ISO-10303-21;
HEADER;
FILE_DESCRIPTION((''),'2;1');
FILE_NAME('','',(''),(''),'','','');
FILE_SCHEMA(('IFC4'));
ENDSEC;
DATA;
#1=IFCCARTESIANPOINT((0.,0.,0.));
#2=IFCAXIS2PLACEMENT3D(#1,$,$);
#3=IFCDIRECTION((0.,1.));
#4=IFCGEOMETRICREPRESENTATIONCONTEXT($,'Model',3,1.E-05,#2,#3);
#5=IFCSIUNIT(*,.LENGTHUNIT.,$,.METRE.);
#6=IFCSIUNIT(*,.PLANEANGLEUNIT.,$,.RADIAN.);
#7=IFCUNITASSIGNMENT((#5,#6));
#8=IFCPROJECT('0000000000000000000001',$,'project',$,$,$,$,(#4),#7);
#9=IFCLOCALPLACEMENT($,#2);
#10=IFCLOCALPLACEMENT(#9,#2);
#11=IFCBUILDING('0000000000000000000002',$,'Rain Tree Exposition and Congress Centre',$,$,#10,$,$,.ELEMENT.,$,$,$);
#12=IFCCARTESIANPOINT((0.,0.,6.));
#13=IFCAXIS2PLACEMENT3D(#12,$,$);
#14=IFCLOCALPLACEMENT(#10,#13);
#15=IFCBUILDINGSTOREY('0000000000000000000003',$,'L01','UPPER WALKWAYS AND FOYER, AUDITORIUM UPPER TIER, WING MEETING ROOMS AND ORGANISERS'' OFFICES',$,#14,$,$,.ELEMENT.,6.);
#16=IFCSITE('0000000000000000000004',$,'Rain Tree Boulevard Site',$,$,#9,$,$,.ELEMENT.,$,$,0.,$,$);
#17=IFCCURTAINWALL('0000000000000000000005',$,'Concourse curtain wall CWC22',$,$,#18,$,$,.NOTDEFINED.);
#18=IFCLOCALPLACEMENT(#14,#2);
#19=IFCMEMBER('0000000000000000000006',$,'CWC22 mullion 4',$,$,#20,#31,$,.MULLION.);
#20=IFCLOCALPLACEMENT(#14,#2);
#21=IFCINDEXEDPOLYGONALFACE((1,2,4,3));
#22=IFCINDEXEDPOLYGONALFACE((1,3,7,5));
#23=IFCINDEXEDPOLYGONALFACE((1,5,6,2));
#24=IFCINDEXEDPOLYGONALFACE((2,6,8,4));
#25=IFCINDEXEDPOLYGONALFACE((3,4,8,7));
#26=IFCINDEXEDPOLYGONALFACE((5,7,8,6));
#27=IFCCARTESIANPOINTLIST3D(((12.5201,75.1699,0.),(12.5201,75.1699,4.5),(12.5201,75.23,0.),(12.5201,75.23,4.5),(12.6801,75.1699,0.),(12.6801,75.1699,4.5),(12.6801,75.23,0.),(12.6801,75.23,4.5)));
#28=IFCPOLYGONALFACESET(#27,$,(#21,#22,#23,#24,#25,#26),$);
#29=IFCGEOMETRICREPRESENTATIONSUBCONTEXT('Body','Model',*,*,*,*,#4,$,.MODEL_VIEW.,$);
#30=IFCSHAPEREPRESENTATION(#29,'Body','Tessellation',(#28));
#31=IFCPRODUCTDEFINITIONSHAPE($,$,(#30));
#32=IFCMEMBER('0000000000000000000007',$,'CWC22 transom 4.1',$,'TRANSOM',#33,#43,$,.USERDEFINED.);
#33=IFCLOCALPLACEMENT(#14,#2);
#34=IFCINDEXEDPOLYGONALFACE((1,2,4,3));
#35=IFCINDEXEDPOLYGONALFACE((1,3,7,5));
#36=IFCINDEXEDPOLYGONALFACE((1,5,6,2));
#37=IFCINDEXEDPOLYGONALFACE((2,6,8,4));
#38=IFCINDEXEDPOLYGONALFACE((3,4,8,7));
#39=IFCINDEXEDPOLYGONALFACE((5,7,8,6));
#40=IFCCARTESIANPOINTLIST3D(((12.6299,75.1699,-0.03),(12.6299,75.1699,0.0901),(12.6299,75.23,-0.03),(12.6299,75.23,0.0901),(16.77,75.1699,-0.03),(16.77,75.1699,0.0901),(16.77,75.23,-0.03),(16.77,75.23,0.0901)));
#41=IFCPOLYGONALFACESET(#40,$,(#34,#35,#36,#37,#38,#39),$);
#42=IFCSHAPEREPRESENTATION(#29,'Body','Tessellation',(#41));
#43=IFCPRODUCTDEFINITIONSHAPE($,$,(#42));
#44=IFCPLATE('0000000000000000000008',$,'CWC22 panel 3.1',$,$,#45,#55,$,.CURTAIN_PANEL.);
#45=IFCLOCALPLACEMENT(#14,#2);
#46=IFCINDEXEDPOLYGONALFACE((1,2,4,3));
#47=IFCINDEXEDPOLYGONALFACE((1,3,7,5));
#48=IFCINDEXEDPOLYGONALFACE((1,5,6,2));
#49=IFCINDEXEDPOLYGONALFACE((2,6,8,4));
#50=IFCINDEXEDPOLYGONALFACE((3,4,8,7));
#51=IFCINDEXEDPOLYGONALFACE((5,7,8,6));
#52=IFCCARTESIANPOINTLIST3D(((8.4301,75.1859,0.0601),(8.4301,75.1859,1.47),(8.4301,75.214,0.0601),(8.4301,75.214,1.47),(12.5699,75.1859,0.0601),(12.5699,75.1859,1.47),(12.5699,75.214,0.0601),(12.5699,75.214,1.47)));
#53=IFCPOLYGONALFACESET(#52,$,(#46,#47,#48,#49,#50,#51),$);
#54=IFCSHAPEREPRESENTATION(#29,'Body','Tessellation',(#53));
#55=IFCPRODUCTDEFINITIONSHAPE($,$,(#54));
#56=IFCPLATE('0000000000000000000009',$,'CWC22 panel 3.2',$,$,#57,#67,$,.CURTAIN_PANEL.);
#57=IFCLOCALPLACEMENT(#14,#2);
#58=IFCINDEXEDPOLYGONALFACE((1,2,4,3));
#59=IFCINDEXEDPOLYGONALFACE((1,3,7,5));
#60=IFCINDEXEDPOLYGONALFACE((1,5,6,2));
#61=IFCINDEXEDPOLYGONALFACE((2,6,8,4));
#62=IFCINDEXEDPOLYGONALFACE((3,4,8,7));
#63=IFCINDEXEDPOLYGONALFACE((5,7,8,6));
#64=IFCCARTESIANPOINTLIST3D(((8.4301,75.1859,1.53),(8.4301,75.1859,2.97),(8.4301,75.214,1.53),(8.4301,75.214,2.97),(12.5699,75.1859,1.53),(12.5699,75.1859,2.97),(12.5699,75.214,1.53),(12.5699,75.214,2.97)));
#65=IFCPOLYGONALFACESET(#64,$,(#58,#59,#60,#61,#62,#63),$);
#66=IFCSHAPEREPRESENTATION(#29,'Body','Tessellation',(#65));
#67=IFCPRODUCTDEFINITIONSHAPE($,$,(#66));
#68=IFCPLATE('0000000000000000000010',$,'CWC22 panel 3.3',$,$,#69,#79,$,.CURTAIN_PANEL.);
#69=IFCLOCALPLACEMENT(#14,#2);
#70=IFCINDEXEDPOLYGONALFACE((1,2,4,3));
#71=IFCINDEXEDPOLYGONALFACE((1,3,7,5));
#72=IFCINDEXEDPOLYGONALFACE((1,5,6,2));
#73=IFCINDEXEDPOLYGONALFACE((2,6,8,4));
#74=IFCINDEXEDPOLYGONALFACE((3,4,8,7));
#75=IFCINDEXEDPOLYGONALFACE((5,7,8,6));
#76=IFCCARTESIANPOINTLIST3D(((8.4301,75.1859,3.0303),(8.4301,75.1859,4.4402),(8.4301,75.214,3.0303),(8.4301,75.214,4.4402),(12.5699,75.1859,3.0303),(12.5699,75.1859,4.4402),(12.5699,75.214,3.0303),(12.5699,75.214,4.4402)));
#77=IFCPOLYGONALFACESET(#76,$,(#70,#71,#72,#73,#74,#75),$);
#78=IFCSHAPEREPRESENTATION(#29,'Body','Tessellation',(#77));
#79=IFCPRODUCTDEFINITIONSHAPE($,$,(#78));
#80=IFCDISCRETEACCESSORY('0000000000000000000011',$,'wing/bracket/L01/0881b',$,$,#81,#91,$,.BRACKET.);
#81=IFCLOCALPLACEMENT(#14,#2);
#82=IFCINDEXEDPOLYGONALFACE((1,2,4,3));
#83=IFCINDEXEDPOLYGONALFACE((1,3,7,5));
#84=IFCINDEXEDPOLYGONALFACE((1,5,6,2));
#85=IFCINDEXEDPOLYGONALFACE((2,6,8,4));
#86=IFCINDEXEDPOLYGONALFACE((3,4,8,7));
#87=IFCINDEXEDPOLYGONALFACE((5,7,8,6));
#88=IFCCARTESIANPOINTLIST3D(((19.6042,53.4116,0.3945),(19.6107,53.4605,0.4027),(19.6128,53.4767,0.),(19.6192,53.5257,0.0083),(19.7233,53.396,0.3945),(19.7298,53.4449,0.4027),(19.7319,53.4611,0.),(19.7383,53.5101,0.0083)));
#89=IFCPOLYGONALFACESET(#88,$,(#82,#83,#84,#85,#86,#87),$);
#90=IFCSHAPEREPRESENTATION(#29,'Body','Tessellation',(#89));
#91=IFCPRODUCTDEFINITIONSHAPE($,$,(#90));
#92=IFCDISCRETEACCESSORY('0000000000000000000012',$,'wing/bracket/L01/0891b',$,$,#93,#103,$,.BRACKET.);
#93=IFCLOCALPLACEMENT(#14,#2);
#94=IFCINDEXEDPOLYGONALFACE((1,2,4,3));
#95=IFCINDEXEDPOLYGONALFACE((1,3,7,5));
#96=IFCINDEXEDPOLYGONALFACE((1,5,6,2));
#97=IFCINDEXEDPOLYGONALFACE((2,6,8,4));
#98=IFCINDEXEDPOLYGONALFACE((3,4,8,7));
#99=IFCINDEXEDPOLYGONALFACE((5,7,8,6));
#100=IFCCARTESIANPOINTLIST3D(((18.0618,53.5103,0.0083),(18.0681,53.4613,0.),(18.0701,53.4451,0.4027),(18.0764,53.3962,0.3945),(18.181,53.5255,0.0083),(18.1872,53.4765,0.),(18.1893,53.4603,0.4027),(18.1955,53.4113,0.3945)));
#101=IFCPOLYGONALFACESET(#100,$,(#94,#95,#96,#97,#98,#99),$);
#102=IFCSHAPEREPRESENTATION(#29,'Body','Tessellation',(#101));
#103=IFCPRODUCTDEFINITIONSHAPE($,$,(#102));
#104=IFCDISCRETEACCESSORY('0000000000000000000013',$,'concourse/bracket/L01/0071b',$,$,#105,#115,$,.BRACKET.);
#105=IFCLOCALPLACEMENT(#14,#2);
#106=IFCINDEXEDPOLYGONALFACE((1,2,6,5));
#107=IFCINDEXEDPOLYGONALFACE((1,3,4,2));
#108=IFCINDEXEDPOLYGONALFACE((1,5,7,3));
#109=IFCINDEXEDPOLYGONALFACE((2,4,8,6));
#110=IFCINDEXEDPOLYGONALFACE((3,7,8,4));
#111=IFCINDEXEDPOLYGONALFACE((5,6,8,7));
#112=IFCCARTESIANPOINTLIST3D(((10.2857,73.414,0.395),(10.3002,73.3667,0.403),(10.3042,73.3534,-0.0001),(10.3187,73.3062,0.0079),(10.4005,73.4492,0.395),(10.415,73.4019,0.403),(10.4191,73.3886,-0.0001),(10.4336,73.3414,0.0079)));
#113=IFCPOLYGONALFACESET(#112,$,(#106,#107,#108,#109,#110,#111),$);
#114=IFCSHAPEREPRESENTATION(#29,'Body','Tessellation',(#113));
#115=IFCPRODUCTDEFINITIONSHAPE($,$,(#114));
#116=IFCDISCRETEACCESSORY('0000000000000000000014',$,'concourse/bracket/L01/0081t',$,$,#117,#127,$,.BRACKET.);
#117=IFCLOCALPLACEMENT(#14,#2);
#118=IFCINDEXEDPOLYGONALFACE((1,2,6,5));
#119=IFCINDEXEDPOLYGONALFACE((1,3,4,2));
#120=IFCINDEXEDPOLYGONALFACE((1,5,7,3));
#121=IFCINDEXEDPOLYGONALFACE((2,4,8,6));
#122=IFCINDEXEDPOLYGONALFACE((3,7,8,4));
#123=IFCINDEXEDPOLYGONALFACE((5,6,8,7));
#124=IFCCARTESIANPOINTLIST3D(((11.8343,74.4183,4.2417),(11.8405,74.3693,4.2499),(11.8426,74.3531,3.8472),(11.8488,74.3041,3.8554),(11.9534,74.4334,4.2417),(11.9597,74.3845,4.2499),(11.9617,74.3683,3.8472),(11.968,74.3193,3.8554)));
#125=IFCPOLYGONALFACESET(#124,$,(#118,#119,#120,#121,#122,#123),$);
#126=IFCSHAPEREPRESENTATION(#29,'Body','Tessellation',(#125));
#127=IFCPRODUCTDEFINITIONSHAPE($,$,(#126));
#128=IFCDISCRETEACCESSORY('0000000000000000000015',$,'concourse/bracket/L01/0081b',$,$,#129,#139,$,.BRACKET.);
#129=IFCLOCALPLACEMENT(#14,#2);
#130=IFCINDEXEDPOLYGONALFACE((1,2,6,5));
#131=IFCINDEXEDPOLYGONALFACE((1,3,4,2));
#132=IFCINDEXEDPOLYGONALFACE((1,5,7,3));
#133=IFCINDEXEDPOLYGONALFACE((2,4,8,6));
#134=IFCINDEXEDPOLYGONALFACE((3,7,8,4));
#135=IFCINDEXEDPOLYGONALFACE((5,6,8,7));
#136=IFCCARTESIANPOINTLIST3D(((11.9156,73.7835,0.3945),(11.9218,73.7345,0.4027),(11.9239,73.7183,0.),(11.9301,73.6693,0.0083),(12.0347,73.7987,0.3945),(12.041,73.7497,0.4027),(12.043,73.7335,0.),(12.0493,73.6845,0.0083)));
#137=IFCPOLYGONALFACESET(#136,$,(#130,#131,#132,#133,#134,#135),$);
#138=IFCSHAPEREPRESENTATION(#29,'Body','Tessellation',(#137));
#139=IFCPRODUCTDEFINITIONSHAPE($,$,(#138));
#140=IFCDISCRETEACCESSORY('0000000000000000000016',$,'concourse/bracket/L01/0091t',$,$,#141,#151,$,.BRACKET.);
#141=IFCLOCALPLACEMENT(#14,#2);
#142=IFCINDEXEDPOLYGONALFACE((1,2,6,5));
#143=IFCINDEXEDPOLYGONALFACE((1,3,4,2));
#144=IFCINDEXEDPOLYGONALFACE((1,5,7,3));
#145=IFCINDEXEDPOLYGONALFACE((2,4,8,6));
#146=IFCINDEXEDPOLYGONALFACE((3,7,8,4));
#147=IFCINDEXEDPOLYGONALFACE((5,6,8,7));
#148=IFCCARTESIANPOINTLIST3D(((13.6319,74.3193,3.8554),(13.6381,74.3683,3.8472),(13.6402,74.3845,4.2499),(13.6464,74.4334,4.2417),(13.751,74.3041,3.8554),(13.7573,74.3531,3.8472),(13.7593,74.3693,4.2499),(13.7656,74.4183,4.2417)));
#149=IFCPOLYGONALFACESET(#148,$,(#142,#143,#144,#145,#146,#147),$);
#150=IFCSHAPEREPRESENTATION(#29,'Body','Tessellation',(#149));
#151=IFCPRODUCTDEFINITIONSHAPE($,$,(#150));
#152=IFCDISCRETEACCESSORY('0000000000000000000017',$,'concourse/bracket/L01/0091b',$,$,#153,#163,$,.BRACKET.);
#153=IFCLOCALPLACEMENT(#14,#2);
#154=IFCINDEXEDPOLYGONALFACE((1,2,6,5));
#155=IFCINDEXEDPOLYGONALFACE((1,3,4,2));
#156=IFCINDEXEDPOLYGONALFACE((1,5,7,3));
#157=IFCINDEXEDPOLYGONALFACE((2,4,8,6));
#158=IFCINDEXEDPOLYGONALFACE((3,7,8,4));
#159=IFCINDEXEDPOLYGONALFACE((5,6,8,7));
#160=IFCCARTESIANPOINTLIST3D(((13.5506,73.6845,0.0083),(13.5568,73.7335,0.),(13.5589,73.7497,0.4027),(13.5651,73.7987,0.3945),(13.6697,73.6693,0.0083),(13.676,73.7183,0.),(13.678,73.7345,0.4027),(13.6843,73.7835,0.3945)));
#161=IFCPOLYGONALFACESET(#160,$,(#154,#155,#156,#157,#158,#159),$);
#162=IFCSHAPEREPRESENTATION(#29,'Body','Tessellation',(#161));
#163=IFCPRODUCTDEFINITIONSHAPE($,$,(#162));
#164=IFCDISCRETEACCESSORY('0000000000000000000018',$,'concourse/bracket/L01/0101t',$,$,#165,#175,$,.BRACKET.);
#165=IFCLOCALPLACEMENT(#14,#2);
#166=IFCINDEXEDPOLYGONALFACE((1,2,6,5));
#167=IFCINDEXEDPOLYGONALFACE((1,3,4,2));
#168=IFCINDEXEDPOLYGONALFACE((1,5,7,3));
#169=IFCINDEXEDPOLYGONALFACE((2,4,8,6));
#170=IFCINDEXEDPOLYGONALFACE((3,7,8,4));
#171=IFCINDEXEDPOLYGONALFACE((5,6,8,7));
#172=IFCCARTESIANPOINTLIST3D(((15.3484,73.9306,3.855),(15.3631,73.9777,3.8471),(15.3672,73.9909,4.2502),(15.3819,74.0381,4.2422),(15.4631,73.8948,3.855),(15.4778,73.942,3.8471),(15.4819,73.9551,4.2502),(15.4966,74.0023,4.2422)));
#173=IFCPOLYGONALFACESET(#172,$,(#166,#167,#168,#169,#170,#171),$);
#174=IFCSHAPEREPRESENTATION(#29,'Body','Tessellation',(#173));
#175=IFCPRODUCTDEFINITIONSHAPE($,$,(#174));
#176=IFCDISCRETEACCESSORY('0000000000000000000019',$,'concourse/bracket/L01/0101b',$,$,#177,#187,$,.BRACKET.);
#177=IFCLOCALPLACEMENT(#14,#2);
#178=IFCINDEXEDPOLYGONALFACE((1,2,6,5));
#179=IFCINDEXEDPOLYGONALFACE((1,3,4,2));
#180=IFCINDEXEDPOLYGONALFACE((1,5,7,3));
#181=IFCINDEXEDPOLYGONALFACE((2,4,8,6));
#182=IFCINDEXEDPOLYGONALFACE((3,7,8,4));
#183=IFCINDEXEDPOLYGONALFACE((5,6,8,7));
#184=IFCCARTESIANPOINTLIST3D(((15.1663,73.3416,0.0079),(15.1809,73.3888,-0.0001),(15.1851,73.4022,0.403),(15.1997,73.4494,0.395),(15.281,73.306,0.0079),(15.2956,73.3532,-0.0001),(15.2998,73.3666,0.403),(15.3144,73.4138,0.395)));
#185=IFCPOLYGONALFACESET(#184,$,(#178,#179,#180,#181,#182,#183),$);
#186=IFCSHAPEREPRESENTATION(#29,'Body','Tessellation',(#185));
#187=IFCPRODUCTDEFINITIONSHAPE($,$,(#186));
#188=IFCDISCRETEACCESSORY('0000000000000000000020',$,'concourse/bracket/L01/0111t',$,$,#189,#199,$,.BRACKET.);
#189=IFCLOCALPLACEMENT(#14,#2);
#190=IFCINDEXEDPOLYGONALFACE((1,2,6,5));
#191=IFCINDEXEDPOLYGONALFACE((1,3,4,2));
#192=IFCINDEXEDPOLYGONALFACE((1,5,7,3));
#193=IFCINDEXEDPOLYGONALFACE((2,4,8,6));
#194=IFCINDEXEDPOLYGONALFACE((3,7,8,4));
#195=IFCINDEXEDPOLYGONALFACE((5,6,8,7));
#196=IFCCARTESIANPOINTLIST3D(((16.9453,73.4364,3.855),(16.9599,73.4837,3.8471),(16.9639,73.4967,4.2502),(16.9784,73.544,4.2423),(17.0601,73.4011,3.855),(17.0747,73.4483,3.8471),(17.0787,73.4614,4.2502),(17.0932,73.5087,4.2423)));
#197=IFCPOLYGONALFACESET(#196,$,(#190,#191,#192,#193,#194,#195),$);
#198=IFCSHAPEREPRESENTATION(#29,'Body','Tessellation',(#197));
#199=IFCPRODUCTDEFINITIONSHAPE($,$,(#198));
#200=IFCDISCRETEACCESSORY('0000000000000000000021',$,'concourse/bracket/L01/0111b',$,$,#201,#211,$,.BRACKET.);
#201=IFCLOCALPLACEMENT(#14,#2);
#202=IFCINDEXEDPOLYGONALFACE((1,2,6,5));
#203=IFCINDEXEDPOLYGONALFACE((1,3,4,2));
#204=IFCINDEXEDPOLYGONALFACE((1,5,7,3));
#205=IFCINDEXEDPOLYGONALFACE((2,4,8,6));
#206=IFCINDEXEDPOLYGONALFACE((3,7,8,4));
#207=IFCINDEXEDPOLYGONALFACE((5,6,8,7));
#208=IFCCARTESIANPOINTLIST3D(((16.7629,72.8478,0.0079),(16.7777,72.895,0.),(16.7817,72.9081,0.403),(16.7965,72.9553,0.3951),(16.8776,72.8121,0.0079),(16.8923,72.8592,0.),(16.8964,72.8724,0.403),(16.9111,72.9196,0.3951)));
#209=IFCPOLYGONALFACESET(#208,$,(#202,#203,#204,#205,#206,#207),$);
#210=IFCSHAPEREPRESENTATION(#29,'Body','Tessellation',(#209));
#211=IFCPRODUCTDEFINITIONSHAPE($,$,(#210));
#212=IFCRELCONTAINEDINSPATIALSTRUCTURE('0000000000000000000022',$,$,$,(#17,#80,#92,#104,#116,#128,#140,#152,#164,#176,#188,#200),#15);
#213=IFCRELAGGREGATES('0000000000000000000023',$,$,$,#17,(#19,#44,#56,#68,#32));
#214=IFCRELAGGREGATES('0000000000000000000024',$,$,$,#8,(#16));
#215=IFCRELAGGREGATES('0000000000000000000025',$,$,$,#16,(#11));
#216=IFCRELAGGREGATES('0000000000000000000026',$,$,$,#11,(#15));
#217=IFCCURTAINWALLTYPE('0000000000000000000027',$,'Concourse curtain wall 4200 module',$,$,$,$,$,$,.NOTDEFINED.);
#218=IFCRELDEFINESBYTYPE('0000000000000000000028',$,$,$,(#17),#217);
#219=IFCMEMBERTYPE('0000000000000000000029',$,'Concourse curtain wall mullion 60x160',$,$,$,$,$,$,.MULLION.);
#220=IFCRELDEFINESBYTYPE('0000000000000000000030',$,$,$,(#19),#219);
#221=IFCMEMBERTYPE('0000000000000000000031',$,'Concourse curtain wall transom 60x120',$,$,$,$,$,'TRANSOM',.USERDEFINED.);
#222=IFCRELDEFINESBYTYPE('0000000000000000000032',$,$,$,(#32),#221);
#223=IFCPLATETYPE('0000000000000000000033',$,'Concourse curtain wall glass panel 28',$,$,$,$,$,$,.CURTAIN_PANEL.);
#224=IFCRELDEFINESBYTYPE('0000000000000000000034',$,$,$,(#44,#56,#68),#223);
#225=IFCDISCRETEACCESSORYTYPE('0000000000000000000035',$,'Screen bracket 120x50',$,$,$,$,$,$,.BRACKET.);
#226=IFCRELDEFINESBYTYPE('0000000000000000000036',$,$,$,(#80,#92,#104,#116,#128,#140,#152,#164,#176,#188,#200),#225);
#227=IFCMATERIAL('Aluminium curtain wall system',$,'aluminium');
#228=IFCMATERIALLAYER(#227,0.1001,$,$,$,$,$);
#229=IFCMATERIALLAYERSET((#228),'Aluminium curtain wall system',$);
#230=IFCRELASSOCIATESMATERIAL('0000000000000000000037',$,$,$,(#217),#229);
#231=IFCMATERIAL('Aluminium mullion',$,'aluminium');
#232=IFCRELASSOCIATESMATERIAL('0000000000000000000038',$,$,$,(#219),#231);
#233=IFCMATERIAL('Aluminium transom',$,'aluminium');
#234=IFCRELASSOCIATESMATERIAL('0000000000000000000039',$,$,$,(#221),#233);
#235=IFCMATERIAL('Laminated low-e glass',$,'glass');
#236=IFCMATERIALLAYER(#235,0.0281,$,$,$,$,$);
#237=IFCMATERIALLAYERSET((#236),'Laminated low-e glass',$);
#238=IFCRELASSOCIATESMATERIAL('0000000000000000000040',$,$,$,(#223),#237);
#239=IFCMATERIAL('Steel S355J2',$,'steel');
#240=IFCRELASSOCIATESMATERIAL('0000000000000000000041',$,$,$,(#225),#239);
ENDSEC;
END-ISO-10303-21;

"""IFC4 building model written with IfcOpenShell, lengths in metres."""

from ifc_helpers import new_model, si_unit, direction, frame, origin, origin_2d, place, context, subcontext, project, spatial, rectangle, extrude, material, layer, layer_set, material_profile, profile_set, type_object, element, aggregate, save


model = new_model("IFC4")

# Units and contexts
model_context = context("Model", 3, precision=1e-05, world=origin(), true_north=direction((0.0, 1.0)))
body_context = subcontext(model_context, "Body", "Model", "MODEL_VIEW")
ifc_project = project(units=[si_unit("LENGTHUNIT", "METRE"), si_unit("PLANEANGLEUNIT", "RADIAN")], contexts=[model_context])

# Site, building, storey
site_placement = place(None, origin())
site = spatial("IfcSite", under=ifc_project, at=site_placement, Name="Rain Tree Boulevard Site", CompositionType="ELEMENT", RefElevation=0.0)
building_placement = place(site_placement, origin())
building = spatial("IfcBuilding", under=site, at=building_placement, Name="Rain Tree Exposition and Congress Centre", CompositionType="ELEMENT")
storey_placement = place(building_placement, frame((0.0, 0.0, 6.0)))
storey = spatial("IfcBuildingStorey", under=building, at=storey_placement, Name="L01", Description="UPPER WALKWAYS AND FOYER, AUDITORIUM UPPER TIER, WING MEETING ROOMS AND ORGANISERS' OFFICES", CompositionType="ELEMENT", Elevation=6.0)

# Curtain wall, members, plates
ifc_material_1 = material(Name="Aluminium curtain wall system", Category="aluminium")
ifc_layer_1 = layer(ifc_material_1, 0.1001)
ifc_layer_set_1 = layer_set([ifc_layer_1], Name="Aluminium curtain wall system")
curtain_wall_type = type_object("IfcCurtainWallType", Name="Concourse curtain wall 4200 module", PredefinedType="NOTDEFINED", material=ifc_layer_set_1)
curtain_wall_placement = place(storey_placement, origin())
curtain_wall = element("IfcCurtainWall", 1, at=curtain_wall_placement, inside=storey, type_object=curtain_wall_type, Name="Concourse curtain wall CWC22", PredefinedType="NOTDEFINED")
ifc_material_2 = material(Name="Aluminium mullion", Category="aluminium")
ifc_material_profile_1 = material_profile(ifc_material_2, rectangle(XDim=0.0601, YDim=0.1599, at=origin_2d()), Name="AL 60x160")
ifc_profile_set_1 = profile_set([ifc_material_profile_1], Name="Aluminium mullion")
member_type_1 = type_object("IfcMemberType", Name="Concourse curtain wall mullion 60x160", PredefinedType="MULLION", material=ifc_profile_set_1)
member_1_placement = place(storey_placement, frame((12.6001, 75.2, 0.0), z_axis=(0.0, 0.0, 1.0), x_axis=(0.0, 1.0, 0.0)))
member_1 = element("IfcMember", 2, at=member_1_placement, type_object=member_type_1, Name="CWC22 mullion 4", PredefinedType="MULLION", context=body_context, shape_type="SweptSolid", body=[
    extrude(rectangle(XDim=0.0601, YDim=0.1599, at=origin_2d()), origin(), (0.0, 0.0, 1.0), 4.5),
])
ifc_material_3 = material(Name="Aluminium transom", Category="aluminium")
ifc_material_profile_2 = material_profile(ifc_material_3, rectangle(XDim=0.0601, YDim=0.1201, at=origin_2d()), Name="AL 60x120")
ifc_profile_set_2 = profile_set([ifc_material_profile_2], Name="Aluminium transom")
member_type_2 = type_object("IfcMemberType", Name="Concourse curtain wall transom 60x120", ElementType="TRANSOM", PredefinedType="USERDEFINED", material=ifc_profile_set_2)
member_2_placement = place(storey_placement, frame((12.6299, 75.2, 0.03), z_axis=(1.0, 0.0, 0.0), x_axis=(0.0, 1.0, 0.0)))
member_2 = element("IfcMember", 3, at=member_2_placement, type_object=member_type_2, Name="CWC22 transom 4.1", ObjectType="TRANSOM", PredefinedType="USERDEFINED", context=body_context, shape_type="SweptSolid", body=[
    extrude(rectangle(XDim=0.0601, YDim=0.1201, at=origin_2d()), origin(), (0.0, 0.0, 1.0), 4.1401),
])
ifc_material_4 = material(Name="Laminated low-e glass", Category="glass")
ifc_layer_2 = layer(ifc_material_4, 0.0281)
ifc_layer_set_2 = layer_set([ifc_layer_2], Name="Laminated low-e glass")
plate_type = type_object("IfcPlateType", Name="Concourse curtain wall glass panel 28", PredefinedType="CURTAIN_PANEL", material=ifc_layer_set_2)
plate_1_placement = place(storey_placement, frame((10.5, 75.2, 0.0601), z_axis=(0.0, 0.0, 1.0), x_axis=(1.0, 0.0, 0.0)))
plate_1 = element("IfcPlate", 4, at=plate_1_placement, type_object=plate_type, Name="CWC22 panel 3.1", PredefinedType="CURTAIN_PANEL", context=body_context, shape_type="SweptSolid", body=[
    extrude(rectangle(XDim=4.1399, YDim=0.0281, at=origin_2d()), origin(), (0.0, 0.0, 1.0), 1.4099),
])
plate_2_placement = place(storey_placement, frame((10.5, 75.2, 1.53), z_axis=(0.0, 0.0, 1.0), x_axis=(1.0, 0.0, 0.0)))
plate_2 = element("IfcPlate", 5, at=plate_2_placement, type_object=plate_type, Name="CWC22 panel 3.2", PredefinedType="CURTAIN_PANEL", context=body_context, shape_type="SweptSolid", body=[
    extrude(rectangle(XDim=4.1399, YDim=0.0281, at=origin_2d()), origin(), (0.0, 0.0, 1.0), 1.4399),
])
plate_3_placement = place(storey_placement, frame((10.5, 75.2, 3.0303), z_axis=(0.0, 0.0, 1.0), x_axis=(1.0, 0.0, 0.0)))
plate_3 = element("IfcPlate", 6, at=plate_3_placement, type_object=plate_type, Name="CWC22 panel 3.3", PredefinedType="CURTAIN_PANEL", context=body_context, shape_type="SweptSolid", body=[
    extrude(rectangle(XDim=4.1399, YDim=0.0281, at=origin_2d()), origin(), (0.0, 0.0, 1.0), 1.4099),
])
aggregate(curtain_wall, [member_1, plate_1, plate_2, plate_3, member_2])

# Discrete accessories
ifc_material_5 = material(Name="Steel S355J2", Category="steel")
ifc_material_profile_3 = material_profile(ifc_material_5, rectangle(XDim=0.1201, YDim=0.05, at=origin_2d()), Name="Flat bar 120x50")
ifc_profile_set_3 = profile_set([ifc_material_profile_3], Name="Steel S355J2")
discrete_accessory_type = type_object("IfcDiscreteAccessoryType", Name="Screen bracket 120x50", PredefinedType="BRACKET", material=ifc_profile_set_3)
for number, where, z_axis, x_axis, name in (
    (7, (19.6755, 53.4934, 0.0042), (-0.021364, -0.162976, 0.986399), (0.991517, -0.129974, 0.0), "wing/bracket/L01/0881b"),
    (8, (18.1245, 53.4934, 0.0042), (0.020754, -0.162978, 0.986411), (0.991989, 0.126321, 0.0), "wing/bracket/L01/0891b"),
):
    element("IfcDiscreteAccessory", number, at=place(storey_placement, frame(where, z_axis=z_axis, x_axis=x_axis)), inside=storey, type_object=discrete_accessory_type, Name=name, PredefinedType="BRACKET", context=body_context, shape_type="SweptSolid", body=[
        extrude(rectangle(XDim=0.1201, YDim=0.05, at=origin_2d()), origin(), (0.0, 0.0, 1.0), 0.3999),
    ])
discrete_accessory_placement = place(storey_placement, frame((10.3689, 73.3474, 0.0039), z_axis=(-0.046379, 0.151343, 0.987393), x_axis=(-0.956112, -0.293002, 0.0)))
element("IfcDiscreteAccessory", 9, at=discrete_accessory_placement, inside=storey, type_object=discrete_accessory_type, Name="concourse/bracket/L01/0071b", PredefinedType="BRACKET", context=body_context, shape_type="SweptSolid", body=[
    extrude(rectangle(XDim=0.1201, YDim=0.05, at=origin_2d()), origin(), (0.0, 0.0, 1.0), 0.4001),
])
for number, where, z_axis, x_axis, name in (
    (10, (11.9053, 74.3362, 3.8513), (-0.020754, 0.162978, 0.986411), (-0.991989, -0.126321, 0.0), "concourse/bracket/L01/0081t"),
    (11, (11.9866, 73.7014, 0.0042), (-0.020754, 0.162978, 0.986411), (-0.991989, -0.126321, 0.0), "concourse/bracket/L01/0081b"),
    (12, (13.6946, 74.3362, 3.8513), (0.020754, 0.162978, 0.986411), (-0.991989, 0.126321, 0.0), "concourse/bracket/L01/0091t"),
    (13, (13.6133, 73.7014, 0.0042), (0.020754, 0.162978, 0.986411), (-0.991989, 0.126321, 0.0), "concourse/bracket/L01/0091b"),
):
    element("IfcDiscreteAccessory", number, at=place(storey_placement, frame(where, z_axis=z_axis, x_axis=x_axis)), inside=storey, type_object=discrete_accessory_type, Name=name, PredefinedType="BRACKET", context=body_context, shape_type="SweptSolid", body=[
        extrude(rectangle(XDim=0.1201, YDim=0.05, at=origin_2d()), origin(), (0.0, 0.0, 1.0), 0.3999),
    ])
for number, where, z_axis, x_axis, name in (
    (14, (15.4131, 73.9363, 3.8511), (0.046993, 0.150743, 0.987456), (-0.954686, 0.297615, 0.0), "concourse/bracket/L01/0101t"),
    (15, (15.231, 73.3474, 0.0039), (0.046988, 0.151339, 0.987364), (-0.955027, 0.29652, 0.0), "concourse/bracket/L01/0101b"),
    (16, (17.01, 73.4424, 3.8511), (0.046384, 0.150747, 0.987484), (-0.955779, 0.294086, 0.0), "concourse/bracket/L01/0111t"),
    (17, (16.8276, 72.8535, 0.0039), (0.046993, 0.150743, 0.987456), (-0.954686, 0.297615, 0.0), "concourse/bracket/L01/0111b"),
):
    element("IfcDiscreteAccessory", number, at=place(storey_placement, frame(where, z_axis=z_axis, x_axis=x_axis)), inside=storey, type_object=discrete_accessory_type, Name=name, PredefinedType="BRACKET", context=body_context, shape_type="SweptSolid", body=[
        extrude(rectangle(XDim=0.1201, YDim=0.05, at=origin_2d()), origin(), (0.0, 0.0, 1.0), 0.4001),
    ])

save(model, "model.ifc")
